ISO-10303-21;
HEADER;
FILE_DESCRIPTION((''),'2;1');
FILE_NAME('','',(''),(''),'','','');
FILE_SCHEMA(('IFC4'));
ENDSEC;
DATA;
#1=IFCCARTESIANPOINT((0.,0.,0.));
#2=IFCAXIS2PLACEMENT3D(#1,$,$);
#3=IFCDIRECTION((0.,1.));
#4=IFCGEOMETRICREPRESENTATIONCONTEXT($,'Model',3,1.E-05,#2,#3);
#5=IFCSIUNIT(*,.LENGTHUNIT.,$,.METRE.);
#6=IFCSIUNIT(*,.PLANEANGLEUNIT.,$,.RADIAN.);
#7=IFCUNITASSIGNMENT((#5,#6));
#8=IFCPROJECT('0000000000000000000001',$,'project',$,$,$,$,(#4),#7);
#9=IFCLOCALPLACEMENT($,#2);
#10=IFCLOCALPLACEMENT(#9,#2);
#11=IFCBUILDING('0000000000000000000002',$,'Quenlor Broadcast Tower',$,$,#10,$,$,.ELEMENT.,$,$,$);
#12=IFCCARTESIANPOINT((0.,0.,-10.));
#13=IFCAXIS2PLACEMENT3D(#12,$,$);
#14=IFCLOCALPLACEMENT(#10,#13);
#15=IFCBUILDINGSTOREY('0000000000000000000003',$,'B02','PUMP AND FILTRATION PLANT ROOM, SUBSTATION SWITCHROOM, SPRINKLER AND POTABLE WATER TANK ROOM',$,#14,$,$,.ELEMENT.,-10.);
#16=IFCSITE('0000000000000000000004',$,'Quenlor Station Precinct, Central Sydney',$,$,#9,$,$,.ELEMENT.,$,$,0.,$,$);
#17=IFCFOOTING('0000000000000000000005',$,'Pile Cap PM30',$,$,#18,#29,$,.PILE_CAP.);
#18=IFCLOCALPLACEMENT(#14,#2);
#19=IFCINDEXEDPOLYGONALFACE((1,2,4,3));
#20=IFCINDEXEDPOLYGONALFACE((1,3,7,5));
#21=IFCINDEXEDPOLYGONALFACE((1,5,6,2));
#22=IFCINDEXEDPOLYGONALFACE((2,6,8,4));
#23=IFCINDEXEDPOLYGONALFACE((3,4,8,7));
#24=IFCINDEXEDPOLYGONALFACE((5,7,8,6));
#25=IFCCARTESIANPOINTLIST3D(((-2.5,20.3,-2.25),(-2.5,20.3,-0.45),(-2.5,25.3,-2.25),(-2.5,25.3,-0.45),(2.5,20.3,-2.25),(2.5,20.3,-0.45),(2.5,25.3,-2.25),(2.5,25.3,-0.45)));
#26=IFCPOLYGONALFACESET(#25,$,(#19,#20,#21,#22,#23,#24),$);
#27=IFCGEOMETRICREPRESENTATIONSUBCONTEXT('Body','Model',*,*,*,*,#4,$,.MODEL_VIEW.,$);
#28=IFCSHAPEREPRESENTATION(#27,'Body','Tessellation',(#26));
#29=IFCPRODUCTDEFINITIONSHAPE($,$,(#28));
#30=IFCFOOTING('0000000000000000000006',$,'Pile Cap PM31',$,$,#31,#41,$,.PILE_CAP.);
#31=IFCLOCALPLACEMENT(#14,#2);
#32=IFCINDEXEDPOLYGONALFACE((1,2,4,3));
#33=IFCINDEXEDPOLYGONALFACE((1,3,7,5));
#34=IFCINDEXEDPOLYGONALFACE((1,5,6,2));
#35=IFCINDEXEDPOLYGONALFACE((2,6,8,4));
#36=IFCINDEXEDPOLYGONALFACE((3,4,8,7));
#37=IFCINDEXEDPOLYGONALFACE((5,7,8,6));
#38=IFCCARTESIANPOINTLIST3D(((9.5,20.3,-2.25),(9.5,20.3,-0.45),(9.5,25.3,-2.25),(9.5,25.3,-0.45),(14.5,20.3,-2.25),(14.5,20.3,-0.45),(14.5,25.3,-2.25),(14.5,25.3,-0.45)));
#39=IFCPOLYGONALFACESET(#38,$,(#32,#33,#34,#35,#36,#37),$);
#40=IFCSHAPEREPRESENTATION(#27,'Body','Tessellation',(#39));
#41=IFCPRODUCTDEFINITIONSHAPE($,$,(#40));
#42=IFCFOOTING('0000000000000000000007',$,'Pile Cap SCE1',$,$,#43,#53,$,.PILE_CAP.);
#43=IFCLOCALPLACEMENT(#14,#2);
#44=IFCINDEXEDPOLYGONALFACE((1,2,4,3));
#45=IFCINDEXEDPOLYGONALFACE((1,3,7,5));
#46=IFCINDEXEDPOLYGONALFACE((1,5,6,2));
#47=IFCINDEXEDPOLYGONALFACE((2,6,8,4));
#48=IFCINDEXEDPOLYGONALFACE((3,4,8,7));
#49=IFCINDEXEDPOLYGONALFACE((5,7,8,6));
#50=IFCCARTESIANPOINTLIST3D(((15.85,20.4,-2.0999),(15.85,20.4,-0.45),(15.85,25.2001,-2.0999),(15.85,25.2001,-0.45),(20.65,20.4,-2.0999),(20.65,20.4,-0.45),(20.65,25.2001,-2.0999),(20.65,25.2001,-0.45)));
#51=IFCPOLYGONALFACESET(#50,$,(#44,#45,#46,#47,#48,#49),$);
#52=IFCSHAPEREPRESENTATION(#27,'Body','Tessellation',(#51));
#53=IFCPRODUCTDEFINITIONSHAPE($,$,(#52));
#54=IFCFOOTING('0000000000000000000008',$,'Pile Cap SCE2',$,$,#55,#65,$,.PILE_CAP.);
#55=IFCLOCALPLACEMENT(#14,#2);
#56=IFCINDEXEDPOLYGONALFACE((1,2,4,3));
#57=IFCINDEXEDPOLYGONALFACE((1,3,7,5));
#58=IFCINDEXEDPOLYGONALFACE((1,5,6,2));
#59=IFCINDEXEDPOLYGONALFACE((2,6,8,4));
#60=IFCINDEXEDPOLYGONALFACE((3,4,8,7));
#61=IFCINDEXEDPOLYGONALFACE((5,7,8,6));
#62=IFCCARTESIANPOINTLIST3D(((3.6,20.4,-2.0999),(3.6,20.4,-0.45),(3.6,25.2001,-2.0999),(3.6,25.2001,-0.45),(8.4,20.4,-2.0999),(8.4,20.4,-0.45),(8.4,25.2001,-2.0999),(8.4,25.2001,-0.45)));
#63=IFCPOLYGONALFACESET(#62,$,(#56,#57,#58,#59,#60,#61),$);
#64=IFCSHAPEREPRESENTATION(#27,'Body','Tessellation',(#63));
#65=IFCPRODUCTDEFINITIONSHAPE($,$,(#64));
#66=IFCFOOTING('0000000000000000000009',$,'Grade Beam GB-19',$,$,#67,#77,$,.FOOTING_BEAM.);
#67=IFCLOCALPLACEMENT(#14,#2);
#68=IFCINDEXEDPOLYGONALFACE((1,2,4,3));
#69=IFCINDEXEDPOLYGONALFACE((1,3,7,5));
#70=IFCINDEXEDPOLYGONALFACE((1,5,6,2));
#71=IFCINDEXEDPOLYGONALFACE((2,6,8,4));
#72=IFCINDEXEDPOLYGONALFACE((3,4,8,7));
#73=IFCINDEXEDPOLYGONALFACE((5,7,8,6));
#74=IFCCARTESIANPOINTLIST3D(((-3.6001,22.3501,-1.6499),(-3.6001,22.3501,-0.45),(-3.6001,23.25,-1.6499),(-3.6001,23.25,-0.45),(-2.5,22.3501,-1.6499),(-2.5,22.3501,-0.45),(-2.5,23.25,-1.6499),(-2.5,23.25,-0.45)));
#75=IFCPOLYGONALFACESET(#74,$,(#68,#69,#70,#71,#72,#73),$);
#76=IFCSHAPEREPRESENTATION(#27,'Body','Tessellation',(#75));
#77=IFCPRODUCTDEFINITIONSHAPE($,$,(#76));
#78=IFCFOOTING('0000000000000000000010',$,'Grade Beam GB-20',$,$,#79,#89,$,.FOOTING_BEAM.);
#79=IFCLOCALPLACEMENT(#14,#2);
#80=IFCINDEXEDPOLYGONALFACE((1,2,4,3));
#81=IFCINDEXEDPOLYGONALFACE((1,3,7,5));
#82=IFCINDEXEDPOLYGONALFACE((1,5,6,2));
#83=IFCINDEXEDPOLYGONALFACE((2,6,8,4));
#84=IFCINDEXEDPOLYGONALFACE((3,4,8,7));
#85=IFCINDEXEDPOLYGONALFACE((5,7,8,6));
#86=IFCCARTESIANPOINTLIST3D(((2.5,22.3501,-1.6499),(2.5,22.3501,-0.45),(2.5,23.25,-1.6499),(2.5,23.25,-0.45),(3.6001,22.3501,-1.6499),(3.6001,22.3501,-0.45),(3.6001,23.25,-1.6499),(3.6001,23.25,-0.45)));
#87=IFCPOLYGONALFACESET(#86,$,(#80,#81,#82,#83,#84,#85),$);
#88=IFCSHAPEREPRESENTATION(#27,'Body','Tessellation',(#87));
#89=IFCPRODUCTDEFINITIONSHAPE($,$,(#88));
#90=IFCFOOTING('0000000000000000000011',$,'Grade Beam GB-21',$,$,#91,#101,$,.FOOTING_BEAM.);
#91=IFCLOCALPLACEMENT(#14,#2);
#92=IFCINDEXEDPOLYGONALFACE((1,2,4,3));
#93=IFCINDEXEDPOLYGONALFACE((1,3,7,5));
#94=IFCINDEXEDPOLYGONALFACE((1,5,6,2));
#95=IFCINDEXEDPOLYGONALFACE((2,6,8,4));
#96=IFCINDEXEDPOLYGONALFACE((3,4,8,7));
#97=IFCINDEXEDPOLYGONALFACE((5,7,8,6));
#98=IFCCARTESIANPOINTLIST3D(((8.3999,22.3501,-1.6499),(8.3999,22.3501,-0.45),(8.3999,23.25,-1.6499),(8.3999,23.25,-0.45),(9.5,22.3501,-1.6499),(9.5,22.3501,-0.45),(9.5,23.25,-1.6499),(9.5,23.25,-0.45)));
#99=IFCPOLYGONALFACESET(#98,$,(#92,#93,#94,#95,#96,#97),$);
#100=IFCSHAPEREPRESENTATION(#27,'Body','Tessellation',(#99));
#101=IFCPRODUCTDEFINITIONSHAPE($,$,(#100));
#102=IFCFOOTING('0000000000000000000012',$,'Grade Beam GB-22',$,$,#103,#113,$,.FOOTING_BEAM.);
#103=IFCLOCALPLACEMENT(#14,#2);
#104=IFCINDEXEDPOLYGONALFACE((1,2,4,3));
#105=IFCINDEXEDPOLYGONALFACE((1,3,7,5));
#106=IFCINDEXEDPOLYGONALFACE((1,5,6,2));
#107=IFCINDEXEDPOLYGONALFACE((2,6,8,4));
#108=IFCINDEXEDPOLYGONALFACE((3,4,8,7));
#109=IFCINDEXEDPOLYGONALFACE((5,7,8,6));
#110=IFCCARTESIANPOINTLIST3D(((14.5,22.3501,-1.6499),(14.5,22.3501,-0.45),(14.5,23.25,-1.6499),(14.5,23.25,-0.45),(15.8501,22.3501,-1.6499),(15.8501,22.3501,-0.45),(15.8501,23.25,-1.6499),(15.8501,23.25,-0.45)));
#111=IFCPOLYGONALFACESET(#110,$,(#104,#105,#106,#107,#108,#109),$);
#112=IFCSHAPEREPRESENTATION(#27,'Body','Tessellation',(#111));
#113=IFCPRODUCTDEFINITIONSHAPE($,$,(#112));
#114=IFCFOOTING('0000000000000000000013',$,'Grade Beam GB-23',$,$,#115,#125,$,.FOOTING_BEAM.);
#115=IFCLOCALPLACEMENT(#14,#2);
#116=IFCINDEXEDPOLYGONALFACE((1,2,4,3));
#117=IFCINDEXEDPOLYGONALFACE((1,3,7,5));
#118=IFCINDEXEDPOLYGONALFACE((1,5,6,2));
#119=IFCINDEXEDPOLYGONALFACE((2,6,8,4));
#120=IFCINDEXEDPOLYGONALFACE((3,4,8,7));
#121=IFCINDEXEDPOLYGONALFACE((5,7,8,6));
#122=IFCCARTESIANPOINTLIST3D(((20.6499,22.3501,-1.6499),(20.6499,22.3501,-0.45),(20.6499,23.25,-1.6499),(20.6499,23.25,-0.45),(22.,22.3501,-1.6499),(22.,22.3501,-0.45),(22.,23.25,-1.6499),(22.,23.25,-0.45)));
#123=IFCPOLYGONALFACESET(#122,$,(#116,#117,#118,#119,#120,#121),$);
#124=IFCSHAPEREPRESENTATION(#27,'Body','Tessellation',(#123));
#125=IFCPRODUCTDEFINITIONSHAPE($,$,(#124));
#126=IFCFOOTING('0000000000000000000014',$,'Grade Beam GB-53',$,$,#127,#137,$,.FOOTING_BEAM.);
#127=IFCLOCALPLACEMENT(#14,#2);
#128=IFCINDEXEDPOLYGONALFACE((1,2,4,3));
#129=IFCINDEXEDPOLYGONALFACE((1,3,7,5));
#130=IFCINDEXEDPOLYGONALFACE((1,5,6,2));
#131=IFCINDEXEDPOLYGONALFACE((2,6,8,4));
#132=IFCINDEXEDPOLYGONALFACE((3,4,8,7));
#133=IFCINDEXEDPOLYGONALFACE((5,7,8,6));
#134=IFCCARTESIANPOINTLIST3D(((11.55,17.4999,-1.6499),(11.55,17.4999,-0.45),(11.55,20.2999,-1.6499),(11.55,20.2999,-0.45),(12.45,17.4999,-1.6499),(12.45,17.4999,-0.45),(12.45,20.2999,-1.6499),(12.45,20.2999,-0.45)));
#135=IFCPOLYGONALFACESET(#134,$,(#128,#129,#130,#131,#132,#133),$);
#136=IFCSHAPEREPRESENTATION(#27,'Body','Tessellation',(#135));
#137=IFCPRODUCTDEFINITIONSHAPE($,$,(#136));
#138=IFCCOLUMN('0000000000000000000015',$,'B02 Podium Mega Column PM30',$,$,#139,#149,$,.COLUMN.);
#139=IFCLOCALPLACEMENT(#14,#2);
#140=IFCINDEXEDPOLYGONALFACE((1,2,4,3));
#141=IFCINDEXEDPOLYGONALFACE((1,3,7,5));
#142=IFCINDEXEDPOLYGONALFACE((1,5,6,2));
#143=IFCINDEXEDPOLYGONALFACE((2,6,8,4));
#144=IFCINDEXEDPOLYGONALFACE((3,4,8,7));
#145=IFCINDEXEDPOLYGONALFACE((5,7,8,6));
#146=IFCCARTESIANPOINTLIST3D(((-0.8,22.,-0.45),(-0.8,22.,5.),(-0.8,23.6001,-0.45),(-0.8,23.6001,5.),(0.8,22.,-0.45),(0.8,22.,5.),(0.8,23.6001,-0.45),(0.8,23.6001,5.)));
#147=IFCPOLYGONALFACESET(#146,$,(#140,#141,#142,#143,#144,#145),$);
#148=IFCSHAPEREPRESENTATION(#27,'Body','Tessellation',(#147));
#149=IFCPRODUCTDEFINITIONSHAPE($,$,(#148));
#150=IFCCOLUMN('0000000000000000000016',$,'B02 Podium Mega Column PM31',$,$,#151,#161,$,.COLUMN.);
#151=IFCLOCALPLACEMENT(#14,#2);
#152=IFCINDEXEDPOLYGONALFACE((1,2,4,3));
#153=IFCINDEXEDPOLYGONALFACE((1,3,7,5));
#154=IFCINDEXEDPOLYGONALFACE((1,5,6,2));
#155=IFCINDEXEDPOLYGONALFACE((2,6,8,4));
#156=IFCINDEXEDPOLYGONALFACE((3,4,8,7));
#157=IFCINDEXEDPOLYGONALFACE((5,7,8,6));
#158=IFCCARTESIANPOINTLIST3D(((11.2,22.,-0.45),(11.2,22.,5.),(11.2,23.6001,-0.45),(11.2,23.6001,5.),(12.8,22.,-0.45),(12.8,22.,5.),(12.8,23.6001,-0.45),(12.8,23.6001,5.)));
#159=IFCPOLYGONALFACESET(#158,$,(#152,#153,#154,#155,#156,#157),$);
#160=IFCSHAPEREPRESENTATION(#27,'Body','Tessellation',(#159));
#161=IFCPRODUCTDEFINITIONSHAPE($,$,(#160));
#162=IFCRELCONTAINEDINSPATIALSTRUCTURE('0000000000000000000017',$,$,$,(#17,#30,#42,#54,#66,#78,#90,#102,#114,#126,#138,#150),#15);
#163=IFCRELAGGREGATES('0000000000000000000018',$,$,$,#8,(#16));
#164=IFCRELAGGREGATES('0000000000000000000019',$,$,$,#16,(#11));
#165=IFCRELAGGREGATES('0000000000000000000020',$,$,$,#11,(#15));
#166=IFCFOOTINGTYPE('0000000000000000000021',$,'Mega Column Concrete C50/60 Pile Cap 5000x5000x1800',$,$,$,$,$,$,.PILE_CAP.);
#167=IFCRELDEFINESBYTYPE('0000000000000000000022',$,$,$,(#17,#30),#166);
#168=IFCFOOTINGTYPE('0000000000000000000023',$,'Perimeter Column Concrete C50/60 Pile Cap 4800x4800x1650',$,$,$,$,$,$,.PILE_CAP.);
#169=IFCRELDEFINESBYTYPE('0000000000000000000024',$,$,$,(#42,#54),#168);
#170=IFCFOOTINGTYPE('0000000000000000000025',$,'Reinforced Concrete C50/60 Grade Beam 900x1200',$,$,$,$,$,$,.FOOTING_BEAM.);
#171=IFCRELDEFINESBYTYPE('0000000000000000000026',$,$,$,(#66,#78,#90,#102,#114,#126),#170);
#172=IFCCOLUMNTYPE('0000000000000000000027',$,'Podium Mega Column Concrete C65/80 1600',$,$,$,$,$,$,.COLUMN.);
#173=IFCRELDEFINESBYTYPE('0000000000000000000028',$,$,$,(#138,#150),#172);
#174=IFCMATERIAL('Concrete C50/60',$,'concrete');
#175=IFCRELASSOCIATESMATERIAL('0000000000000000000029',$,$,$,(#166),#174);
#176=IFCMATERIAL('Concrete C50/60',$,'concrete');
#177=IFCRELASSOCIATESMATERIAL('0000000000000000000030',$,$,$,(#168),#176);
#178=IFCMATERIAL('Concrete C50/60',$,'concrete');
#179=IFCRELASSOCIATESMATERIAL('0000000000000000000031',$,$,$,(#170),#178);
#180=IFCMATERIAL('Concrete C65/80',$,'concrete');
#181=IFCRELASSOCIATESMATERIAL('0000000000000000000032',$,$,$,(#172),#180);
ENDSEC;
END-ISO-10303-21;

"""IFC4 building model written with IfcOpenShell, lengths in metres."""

from ifc_helpers import new_model, si_unit, direction, frame, origin, origin_2d, place, context, subcontext, project, spatial, rectangle, extrude, material, material_profile, profile_set, type_object, element, save


model = new_model("IFC4")

# Units and contexts
model_context = context("Model", 3, precision=1e-05, world=origin(), true_north=direction((0.0, 1.0)))
body_context = subcontext(model_context, "Body", "Model", "MODEL_VIEW")
ifc_project = project(units=[si_unit("LENGTHUNIT", "METRE"), si_unit("PLANEANGLEUNIT", "RADIAN")], contexts=[model_context])

# Site, building, storey
site_placement = place(None, origin())
site = spatial("IfcSite", under=ifc_project, at=site_placement, Name="Quenlor Station Precinct, Central Sydney", CompositionType="ELEMENT", RefElevation=0.0)
building_placement = place(site_placement, origin())
building = spatial("IfcBuilding", under=site, at=building_placement, Name="Quenlor Broadcast Tower", CompositionType="ELEMENT")
storey_placement = place(building_placement, frame((0.0, 0.0, -10.0)))
storey = spatial("IfcBuildingStorey", under=building, at=storey_placement, Name="B02", Description="PUMP AND FILTRATION PLANT ROOM, SUBSTATION SWITCHROOM, SPRINKLER AND POTABLE WATER TANK ROOM", CompositionType="ELEMENT", Elevation=-10.0)

# Footings
ifc_material_1 = material(Name="Concrete C50/60", Category="concrete")
footing_type_1 = type_object("IfcFootingType", Name="Mega Column Concrete C50/60 Pile Cap 5000x5000x1800", PredefinedType="PILE_CAP", material=ifc_material_1)
for number, where, z_axis, x_axis, name in (
    (1, (0.0, 22.8, -2.25), (0.0, 0.0, 1.0), (1.0, 0.0, 0.0), "Pile Cap PM30"),
    (2, (12.0, 22.8, -2.25), (0.0, 0.0, 1.0), (1.0, 0.0, 0.0), "Pile Cap PM31"),
):
    element("IfcFooting", number, at=place(storey_placement, frame(where, z_axis=z_axis, x_axis=x_axis)), inside=storey, type_object=footing_type_1, Name=name, PredefinedType="PILE_CAP", context=body_context, shape_type="SweptSolid", body=[
        extrude(rectangle(XDim=5.0, YDim=5.0, at=origin_2d()), origin(), (0.0, 0.0, 1.0), 1.8),
    ])
ifc_material_2 = material(Name="Concrete C50/60", Category="concrete")
footing_type_2 = type_object("IfcFootingType", Name="Perimeter Column Concrete C50/60 Pile Cap 4800x4800x1650", PredefinedType="PILE_CAP", material=ifc_material_2)
for number, where, z_axis, x_axis, name in (
    (3, (18.25, 22.8, -2.0999), (0.0, 0.0, 1.0), (1.0, 0.0, 0.0), "Pile Cap SCE1"),
    (4, (6.0, 22.8, -2.0999), (0.0, 0.0, 1.0), (1.0, 0.0, 0.0), "Pile Cap SCE2"),
):
    element("IfcFooting", number, at=place(storey_placement, frame(where, z_axis=z_axis, x_axis=x_axis)), inside=storey, type_object=footing_type_2, Name=name, PredefinedType="PILE_CAP", context=body_context, shape_type="SweptSolid", body=[
        extrude(rectangle(XDim=4.8, YDim=4.8, at=origin_2d()), origin(), (0.0, 0.0, 1.0), 1.6499),
    ])
ifc_material_3 = material(Name="Concrete C50/60", Category="concrete")
footing_type_3 = type_object("IfcFootingType", Name="Reinforced Concrete C50/60 Grade Beam 900x1200", PredefinedType="FOOTING_BEAM", material=ifc_material_3)
for number, where, z_axis, x_axis, name in (
    (5, (-3.05, 22.8, -1.6499), (0.0, 0.0, 1.0), (1.0, 0.0, 0.0), "Grade Beam GB-19"),
    (6, (3.05, 22.8, -1.6499), (0.0, 0.0, 1.0), (1.0, 0.0, 0.0), "Grade Beam GB-20"),
    (7, (8.95, 22.8, -1.6499), (0.0, 0.0, 1.0), (1.0, 0.0, 0.0), "Grade Beam GB-21"),
):
    element("IfcFooting", number, at=place(storey_placement, frame(where, z_axis=z_axis, x_axis=x_axis)), inside=storey, type_object=footing_type_3, Name=name, PredefinedType="FOOTING_BEAM", context=body_context, shape_type="SweptSolid", body=[
        extrude(rectangle(XDim=1.1001, YDim=0.8999, at=origin_2d()), origin(), (0.0, 0.0, 1.0), 1.2),
    ])
for number, where, z_axis, x_axis, name in (
    (8, (15.175, 22.8, -1.6499), (0.0, 0.0, 1.0), (1.0, 0.0, 0.0), "Grade Beam GB-22"),
    (9, (21.325, 22.8, -1.6499), (0.0, 0.0, 1.0), (1.0, 0.0, 0.0), "Grade Beam GB-23"),
):
    element("IfcFooting", number, at=place(storey_placement, frame(where, z_axis=z_axis, x_axis=x_axis)), inside=storey, type_object=footing_type_3, Name=name, PredefinedType="FOOTING_BEAM", context=body_context, shape_type="SweptSolid", body=[
        extrude(rectangle(XDim=1.3501, YDim=0.8999, at=origin_2d()), origin(), (0.0, 0.0, 1.0), 1.2),
    ])
footing_placement = place(storey_placement, frame((12.0, 18.8999, -1.6499), z_axis=(0.0, 0.0, 1.0), x_axis=(0.0, 1.0, 0.0)))
element("IfcFooting", 10, at=footing_placement, inside=storey, type_object=footing_type_3, Name="Grade Beam GB-53", PredefinedType="FOOTING_BEAM", context=body_context, shape_type="SweptSolid", body=[
    extrude(rectangle(XDim=2.8, YDim=0.8999, at=origin_2d()), origin(), (0.0, 0.0, 1.0), 1.2),
])

# Columns
ifc_material_4 = material(Name="Concrete C65/80", Category="concrete")
ifc_material_profile_1 = material_profile(ifc_material_4, rectangle(XDim=1.6001, YDim=1.6001, at=origin_2d()))
ifc_profile_set_1 = profile_set([ifc_material_profile_1], Name="Concrete C65/80 RC1600x1600")
column_type_1 = type_object("IfcColumnType", Name="Podium Mega Column Concrete C65/80 1600", PredefinedType="COLUMN", material=ifc_profile_set_1)
for number, where, z_axis, x_axis, name in (
    (11, (0.0, 22.8, -0.45), (0.0, 0.0, 1.0), (1.0, 0.0, 0.0), "B02 Podium Mega Column PM30"),
    (12, (12.0, 22.8, -0.45), (0.0, 0.0, 1.0), (1.0, 0.0, 0.0), "B02 Podium Mega Column PM31"),
):
    element("IfcColumn", number, at=place(storey_placement, frame(where, z_axis=z_axis, x_axis=x_axis)), inside=storey, type_object=column_type_1, Name=name, PredefinedType="COLUMN", context=body_context, shape_type="SweptSolid", body=[
        extrude(rectangle(XDim=1.6001, YDim=1.6001, at=origin_2d()), origin(), (0.0, 0.0, 1.0), 5.45),
    ])

save(model, "model.ifc")
